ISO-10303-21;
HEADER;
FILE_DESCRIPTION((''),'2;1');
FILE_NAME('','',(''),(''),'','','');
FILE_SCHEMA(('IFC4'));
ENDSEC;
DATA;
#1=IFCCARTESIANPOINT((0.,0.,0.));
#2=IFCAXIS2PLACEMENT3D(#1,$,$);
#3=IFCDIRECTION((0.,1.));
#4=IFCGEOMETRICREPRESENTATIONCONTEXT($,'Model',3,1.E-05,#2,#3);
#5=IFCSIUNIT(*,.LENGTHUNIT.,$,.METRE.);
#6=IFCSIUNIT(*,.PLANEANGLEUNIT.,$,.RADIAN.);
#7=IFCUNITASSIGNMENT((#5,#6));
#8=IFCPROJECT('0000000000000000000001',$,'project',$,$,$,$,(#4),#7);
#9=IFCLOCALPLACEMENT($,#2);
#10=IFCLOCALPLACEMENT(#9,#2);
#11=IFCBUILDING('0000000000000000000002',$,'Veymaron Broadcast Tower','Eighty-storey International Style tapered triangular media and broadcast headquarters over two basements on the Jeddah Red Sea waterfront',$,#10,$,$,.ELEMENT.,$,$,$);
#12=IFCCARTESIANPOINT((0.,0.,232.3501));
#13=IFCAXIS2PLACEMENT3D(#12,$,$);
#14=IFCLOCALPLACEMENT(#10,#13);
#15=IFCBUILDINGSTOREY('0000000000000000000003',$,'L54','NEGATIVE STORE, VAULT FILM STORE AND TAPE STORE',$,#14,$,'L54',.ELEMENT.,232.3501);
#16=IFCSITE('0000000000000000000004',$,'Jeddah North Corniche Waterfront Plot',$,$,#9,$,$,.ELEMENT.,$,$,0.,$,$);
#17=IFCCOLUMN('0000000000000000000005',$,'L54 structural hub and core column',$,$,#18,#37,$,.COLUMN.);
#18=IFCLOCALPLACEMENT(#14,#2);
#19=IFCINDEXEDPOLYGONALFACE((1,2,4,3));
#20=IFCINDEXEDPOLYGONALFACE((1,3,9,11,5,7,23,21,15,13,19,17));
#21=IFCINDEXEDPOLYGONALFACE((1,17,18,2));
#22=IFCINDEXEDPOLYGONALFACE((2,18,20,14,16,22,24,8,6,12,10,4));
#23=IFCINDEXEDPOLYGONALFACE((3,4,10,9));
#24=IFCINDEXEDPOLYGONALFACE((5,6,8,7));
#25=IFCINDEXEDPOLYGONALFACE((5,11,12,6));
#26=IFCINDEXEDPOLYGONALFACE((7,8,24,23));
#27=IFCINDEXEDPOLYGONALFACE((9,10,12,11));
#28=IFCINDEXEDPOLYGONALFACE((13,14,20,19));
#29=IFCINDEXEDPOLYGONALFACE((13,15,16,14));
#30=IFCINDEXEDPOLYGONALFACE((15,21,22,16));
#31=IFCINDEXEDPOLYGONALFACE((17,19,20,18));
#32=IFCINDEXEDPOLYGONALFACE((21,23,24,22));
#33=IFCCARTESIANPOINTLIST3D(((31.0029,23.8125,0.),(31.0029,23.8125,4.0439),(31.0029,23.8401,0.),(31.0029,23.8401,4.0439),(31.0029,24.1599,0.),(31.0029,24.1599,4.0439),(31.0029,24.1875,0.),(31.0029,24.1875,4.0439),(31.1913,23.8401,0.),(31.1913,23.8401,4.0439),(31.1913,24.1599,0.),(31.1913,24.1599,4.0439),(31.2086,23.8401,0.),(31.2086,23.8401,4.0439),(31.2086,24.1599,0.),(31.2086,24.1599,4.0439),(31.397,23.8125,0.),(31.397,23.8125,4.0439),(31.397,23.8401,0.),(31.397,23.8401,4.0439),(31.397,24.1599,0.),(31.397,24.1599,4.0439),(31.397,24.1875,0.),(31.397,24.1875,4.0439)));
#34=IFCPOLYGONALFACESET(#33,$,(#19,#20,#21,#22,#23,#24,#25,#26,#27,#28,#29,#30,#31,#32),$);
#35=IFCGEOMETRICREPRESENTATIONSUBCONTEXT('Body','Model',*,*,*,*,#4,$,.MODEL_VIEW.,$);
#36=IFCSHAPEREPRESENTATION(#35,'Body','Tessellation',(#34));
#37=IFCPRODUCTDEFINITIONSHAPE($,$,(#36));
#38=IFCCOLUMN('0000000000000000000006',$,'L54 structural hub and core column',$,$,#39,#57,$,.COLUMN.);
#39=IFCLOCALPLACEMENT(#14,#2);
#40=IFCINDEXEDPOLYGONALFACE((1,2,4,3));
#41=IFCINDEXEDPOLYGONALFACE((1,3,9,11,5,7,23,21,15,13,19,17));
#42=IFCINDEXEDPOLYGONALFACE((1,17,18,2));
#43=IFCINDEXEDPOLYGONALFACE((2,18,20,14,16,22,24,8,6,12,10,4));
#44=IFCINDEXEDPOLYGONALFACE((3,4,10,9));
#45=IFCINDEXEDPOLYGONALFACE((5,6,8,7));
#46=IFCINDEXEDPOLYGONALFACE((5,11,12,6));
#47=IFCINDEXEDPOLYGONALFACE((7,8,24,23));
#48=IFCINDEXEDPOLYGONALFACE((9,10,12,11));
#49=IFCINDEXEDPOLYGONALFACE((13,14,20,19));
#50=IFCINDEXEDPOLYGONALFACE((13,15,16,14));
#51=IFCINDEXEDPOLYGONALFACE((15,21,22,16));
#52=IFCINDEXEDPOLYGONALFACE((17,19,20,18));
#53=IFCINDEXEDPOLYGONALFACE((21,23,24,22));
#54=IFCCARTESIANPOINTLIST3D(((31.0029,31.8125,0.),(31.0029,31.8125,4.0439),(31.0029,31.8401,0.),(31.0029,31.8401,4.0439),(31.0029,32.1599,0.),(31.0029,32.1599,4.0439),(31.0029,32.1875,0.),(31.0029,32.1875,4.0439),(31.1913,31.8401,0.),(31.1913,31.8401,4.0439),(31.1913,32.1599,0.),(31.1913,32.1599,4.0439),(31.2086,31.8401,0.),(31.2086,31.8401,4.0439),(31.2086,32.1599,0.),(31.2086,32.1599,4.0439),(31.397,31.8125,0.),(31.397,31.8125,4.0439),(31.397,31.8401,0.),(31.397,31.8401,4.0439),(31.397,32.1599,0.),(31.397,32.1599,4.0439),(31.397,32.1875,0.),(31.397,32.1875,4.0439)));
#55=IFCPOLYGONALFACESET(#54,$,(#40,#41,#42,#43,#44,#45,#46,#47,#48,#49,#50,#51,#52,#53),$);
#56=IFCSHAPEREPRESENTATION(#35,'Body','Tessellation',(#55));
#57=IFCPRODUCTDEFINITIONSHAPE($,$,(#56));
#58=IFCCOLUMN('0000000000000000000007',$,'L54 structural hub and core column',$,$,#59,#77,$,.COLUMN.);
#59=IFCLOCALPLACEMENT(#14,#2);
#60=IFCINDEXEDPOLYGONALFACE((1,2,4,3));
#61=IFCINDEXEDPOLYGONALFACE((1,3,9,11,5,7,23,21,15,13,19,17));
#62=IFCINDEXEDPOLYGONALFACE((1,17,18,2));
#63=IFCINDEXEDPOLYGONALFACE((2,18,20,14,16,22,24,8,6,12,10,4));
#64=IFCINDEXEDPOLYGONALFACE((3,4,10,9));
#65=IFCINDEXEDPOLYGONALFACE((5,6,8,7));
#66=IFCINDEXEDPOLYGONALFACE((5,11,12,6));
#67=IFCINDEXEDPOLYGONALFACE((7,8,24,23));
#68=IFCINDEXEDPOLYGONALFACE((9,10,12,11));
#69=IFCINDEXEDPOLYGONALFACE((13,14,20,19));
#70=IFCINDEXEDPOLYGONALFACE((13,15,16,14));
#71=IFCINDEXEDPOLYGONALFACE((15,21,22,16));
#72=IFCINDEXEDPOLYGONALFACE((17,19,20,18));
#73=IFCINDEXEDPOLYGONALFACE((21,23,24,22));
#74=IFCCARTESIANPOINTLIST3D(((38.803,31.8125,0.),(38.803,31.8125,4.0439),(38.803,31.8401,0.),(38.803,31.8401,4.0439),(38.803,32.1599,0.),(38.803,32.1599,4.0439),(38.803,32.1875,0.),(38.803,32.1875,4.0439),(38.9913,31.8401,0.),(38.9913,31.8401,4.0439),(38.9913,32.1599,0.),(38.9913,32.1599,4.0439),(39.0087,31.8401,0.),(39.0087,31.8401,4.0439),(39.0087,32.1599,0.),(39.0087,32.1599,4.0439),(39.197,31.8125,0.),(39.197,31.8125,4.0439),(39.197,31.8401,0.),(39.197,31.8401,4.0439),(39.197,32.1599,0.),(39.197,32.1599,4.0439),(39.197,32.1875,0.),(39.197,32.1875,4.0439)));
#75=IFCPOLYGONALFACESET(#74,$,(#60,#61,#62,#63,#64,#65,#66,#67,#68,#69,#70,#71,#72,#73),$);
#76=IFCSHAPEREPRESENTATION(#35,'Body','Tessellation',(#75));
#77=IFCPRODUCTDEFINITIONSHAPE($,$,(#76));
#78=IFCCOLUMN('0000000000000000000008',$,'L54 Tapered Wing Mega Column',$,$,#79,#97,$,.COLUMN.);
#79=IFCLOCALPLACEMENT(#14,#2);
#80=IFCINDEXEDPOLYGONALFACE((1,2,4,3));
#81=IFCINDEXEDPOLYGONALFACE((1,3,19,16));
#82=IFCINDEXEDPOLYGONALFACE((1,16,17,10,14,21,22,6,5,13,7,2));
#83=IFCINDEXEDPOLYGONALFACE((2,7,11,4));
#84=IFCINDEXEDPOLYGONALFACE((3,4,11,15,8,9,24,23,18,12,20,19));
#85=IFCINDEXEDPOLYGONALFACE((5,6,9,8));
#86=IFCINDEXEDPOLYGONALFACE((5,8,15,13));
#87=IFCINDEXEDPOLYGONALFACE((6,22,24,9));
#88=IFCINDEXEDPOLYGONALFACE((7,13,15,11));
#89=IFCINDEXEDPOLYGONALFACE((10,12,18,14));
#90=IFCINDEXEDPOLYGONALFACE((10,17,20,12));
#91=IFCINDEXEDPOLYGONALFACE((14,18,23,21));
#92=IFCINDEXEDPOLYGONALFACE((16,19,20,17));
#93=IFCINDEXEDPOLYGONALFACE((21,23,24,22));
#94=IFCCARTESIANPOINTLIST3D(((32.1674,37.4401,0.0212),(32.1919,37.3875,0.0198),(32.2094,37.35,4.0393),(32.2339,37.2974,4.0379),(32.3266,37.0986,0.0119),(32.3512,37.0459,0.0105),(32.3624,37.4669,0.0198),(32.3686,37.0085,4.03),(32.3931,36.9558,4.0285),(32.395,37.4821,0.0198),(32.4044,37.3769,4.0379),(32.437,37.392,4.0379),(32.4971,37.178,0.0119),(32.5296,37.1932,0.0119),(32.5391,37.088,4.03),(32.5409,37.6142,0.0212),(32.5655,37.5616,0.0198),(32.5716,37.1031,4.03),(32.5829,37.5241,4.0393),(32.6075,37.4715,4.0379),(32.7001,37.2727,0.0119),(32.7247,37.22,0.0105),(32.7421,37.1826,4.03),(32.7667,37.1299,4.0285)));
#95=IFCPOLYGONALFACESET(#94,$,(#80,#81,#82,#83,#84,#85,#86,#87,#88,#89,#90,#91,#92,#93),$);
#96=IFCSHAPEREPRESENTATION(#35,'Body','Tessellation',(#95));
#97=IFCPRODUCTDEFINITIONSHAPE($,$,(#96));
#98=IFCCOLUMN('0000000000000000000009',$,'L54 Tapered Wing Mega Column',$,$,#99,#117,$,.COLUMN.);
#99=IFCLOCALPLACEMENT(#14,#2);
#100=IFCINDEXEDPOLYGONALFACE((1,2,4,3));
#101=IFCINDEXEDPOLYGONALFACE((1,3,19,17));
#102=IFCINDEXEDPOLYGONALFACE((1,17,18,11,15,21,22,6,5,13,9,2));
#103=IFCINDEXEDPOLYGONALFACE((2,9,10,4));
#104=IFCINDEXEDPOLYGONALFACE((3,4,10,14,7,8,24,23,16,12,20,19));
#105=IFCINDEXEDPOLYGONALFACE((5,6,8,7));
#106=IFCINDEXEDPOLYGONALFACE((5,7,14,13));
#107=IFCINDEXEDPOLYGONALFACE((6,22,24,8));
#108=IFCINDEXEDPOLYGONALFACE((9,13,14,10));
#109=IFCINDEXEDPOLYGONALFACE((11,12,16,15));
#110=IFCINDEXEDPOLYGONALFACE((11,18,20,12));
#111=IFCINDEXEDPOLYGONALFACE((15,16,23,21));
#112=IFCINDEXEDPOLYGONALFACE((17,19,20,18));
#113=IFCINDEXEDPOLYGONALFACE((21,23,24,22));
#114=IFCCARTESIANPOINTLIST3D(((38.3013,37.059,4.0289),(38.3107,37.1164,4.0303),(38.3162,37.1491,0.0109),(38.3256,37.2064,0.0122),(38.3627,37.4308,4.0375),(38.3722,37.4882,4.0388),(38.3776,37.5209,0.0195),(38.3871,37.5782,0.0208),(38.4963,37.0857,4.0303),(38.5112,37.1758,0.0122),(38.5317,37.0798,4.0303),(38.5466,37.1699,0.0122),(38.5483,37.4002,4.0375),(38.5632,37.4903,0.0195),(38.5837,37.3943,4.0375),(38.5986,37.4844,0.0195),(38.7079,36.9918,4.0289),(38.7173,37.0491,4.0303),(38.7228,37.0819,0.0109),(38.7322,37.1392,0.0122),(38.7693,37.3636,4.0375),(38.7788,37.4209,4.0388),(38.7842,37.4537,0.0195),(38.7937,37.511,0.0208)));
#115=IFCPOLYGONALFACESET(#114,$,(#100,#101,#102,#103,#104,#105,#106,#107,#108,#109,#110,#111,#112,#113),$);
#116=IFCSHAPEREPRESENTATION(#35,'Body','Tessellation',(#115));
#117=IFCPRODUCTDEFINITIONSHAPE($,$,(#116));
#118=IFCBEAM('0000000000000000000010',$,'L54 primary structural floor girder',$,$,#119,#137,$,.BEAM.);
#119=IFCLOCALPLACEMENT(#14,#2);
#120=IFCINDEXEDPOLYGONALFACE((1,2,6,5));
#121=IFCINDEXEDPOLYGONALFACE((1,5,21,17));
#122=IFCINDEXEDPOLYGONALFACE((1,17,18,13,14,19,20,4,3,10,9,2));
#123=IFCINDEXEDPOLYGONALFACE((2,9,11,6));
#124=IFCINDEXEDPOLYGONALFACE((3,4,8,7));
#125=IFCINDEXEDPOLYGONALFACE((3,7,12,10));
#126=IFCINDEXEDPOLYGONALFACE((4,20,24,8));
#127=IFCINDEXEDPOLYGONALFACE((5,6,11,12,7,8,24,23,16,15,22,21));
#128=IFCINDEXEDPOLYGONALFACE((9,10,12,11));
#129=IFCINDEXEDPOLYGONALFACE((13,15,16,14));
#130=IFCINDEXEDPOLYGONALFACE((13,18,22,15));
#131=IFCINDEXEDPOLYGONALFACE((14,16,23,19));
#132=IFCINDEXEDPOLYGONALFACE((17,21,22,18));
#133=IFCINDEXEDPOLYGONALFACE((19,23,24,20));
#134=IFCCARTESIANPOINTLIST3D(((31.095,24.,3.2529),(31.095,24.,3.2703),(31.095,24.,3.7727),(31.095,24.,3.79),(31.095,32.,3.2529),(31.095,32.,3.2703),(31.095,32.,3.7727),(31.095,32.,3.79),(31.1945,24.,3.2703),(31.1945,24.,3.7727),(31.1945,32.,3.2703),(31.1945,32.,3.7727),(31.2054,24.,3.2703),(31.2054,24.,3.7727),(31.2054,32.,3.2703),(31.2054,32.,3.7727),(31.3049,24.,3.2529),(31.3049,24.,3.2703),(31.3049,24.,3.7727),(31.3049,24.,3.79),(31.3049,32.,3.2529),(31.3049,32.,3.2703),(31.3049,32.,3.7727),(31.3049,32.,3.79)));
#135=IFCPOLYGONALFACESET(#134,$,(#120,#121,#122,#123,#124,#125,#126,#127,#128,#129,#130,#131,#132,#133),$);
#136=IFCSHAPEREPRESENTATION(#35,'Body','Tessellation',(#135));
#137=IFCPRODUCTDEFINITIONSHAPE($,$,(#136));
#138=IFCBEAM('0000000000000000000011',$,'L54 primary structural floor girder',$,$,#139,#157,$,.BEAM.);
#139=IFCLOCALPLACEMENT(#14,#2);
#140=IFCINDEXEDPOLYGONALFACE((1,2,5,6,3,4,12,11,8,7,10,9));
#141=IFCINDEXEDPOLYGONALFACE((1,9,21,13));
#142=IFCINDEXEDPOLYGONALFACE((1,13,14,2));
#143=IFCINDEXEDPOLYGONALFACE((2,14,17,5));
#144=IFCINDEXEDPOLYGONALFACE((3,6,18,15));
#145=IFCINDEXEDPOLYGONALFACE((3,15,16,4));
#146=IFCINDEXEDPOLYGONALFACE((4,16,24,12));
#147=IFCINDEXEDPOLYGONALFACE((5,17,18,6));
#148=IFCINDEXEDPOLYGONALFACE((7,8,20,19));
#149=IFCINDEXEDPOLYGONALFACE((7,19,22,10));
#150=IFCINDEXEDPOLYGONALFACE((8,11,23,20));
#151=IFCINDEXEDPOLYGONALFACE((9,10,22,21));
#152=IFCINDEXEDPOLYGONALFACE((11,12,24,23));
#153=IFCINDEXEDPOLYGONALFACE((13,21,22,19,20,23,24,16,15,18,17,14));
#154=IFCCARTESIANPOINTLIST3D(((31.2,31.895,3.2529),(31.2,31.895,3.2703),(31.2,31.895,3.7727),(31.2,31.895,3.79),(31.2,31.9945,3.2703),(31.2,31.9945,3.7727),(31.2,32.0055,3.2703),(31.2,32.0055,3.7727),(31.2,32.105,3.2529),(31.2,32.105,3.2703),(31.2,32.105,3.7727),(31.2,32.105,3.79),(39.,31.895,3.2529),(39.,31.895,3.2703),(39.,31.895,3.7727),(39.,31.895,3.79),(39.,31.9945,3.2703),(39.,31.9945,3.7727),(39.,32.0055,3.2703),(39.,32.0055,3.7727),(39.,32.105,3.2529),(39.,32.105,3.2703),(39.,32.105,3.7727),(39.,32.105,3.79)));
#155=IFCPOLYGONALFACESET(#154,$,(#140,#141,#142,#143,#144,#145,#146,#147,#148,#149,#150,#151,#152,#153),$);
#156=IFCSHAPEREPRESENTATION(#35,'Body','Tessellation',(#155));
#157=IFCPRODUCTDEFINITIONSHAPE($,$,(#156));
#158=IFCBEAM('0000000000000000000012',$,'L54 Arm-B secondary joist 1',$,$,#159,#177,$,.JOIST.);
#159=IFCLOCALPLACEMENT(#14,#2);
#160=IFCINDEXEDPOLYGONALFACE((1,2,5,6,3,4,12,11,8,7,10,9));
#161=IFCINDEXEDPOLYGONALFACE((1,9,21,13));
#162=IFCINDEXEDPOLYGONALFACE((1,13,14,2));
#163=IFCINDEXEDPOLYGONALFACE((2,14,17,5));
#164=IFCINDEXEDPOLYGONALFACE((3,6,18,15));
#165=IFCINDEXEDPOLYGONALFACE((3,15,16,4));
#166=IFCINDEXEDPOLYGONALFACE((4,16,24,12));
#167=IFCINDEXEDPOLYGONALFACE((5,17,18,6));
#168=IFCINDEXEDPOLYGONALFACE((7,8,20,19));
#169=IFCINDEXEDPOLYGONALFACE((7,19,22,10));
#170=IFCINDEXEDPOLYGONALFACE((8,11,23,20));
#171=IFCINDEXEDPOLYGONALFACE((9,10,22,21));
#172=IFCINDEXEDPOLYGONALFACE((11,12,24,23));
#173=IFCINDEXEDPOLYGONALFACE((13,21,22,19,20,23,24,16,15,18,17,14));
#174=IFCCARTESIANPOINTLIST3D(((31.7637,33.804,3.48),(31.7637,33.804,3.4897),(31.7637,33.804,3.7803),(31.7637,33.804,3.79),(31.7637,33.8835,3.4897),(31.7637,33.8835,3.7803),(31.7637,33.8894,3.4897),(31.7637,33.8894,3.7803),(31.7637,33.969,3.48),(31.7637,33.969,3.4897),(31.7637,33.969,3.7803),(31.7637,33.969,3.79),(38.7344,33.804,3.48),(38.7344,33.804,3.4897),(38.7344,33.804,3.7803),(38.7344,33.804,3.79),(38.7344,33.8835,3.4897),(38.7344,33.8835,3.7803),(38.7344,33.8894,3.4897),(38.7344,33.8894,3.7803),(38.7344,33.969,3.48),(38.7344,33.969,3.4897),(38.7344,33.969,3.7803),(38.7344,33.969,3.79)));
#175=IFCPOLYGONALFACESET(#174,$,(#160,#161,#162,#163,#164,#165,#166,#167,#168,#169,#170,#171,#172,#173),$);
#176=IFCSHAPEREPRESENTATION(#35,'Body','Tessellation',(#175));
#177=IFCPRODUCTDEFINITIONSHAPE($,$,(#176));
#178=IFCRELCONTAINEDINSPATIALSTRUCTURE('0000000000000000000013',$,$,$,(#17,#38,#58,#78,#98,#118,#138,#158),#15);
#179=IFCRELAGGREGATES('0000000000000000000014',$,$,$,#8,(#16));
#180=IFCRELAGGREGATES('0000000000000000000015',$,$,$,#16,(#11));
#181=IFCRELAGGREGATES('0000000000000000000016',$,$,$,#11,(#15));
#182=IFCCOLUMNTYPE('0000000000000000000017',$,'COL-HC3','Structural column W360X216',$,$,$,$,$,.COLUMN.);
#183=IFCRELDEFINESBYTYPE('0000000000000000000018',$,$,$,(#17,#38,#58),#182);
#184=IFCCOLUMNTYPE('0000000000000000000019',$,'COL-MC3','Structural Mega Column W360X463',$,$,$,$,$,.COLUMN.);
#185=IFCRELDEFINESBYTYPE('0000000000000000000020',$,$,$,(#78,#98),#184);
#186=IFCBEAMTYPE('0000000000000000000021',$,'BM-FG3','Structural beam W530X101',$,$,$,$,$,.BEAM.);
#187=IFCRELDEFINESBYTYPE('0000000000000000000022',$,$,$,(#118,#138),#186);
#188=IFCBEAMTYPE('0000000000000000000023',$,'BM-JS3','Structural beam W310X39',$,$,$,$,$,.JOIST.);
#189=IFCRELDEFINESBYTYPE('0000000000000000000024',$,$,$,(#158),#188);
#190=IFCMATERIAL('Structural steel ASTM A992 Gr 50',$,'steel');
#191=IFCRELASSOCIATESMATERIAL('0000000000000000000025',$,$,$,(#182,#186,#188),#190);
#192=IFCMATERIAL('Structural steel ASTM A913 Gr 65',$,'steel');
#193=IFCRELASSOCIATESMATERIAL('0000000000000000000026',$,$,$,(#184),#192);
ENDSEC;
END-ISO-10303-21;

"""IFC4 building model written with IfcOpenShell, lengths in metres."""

from ifc_helpers import new_model, si_unit, direction, frame, origin, origin_2d, place, context, subcontext, project, spatial, i_section, extrude, material, material_profile, profile_set, type_object, element, save


model = new_model("IFC4")

# Units and contexts
model_context = context("Model", 3, precision=1e-05, world=origin(), true_north=direction((0.0, 1.0)))
body_context = subcontext(model_context, "Body", "Model", "MODEL_VIEW")
ifc_project = project(units=[si_unit("LENGTHUNIT", "METRE"), si_unit("PLANEANGLEUNIT", "RADIAN")], contexts=[model_context])

# Site, building, storey
site_placement = place(None, origin())
site = spatial("IfcSite", under=ifc_project, at=site_placement, Name="Jeddah North Corniche Waterfront Plot", CompositionType="ELEMENT", RefElevation=0.0)
building_placement = place(site_placement, origin())
building = spatial("IfcBuilding", under=site, at=building_placement, Name="Veymaron Broadcast Tower", Description="Eighty-storey International Style tapered triangular media and broadcast headquarters over two basements on the Jeddah Red Sea waterfront", CompositionType="ELEMENT")
storey_placement = place(building_placement, frame((0.0, 0.0, 232.3501)))
storey = spatial("IfcBuildingStorey", under=building, at=storey_placement, Name="L54", Description="NEGATIVE STORE, VAULT FILM STORE AND TAPE STORE", LongName="L54", CompositionType="ELEMENT", Elevation=232.3501)

# Columns
ifc_material_1 = material(Name="Structural steel ASTM A992 Gr 50", Category="steel")
ifc_material_profile_1 = material_profile(ifc_material_1, i_section(OverallWidth=0.394, OverallDepth=0.375, WebThickness=0.0173, FlangeThickness=0.0276, at=origin_2d()), Name="W360X216")
ifc_profile_set_1 = profile_set([ifc_material_profile_1], Name="Structural steel ASTM A992 Gr 50")
column_type_1 = type_object("IfcColumnType", Name="COL-HC3", Description="Structural column W360X216", PredefinedType="COLUMN", material=ifc_profile_set_1)
for number, where, z_axis, x_axis, name in (
    (1, (31.2, 24.0, 0.0), (0.0, 0.0, 1.0), (1.0, 0.0, 0.0), "L54 structural hub and core column"),
    (2, (31.2, 32.0, 0.0), (0.0, 0.0, 1.0), (1.0, 0.0, 0.0), "L54 structural hub and core column"),
    (3, (39.0, 32.0, 0.0), (0.0, 0.0, 1.0), (1.0, 0.0, 0.0), "L54 structural hub and core column"),
):
    element("IfcColumn", number, at=place(storey_placement, frame(where, z_axis=z_axis, x_axis=x_axis)), inside=storey, type_object=column_type_1, Name=name, PredefinedType="COLUMN", context=body_context, shape_type="SweptSolid", body=[
        extrude(i_section(OverallWidth=0.394, OverallDepth=0.375, WebThickness=0.0173, FlangeThickness=0.0276, at=origin_2d()), origin(), (0.0, 0.0, 1.0), 4.0439),
    ])
ifc_material_2 = material(Name="Structural steel ASTM A913 Gr 65", Category="steel")
ifc_material_profile_2 = material_profile(ifc_material_2, i_section(OverallWidth=0.4121, OverallDepth=0.4351, WebThickness=0.0359, FlangeThickness=0.0581, at=origin_2d()), Name="W360X463")
ifc_profile_set_2 = profile_set([ifc_material_profile_2], Name="Structural steel ASTM A913 Gr 65")
column_type_2 = type_object("IfcColumnType", Name="COL-MC3", Description="Structural Mega Column W360X463", PredefinedType="COLUMN", material=ifc_profile_set_2)
column_1_placement = place(storey_placement, frame((32.446, 37.3301, 0.0159), z_axis=(0.010448, -0.022414, 0.999694), x_axis=(0.906371, 0.422482, 0.0)))
element("IfcColumn", 4, at=column_1_placement, inside=storey, type_object=column_type_2, Name="L54 Tapered Wing Mega Column", PredefinedType="COLUMN", context=body_context, shape_type="SweptSolid", body=[
    extrude(i_section(OverallWidth=0.4121, OverallDepth=0.4351, WebThickness=0.0359, FlangeThickness=0.0581, at=origin_2d()), origin(), (0.0, 0.0, 1.0), 4.0193),
])
column_2_placement = place(storey_placement, frame((38.5549, 37.3301, 0.0159), z_axis=(-0.003705, -0.022415, 0.999742), x_axis=(0.98661, -0.163098, 0.0)))
element("IfcColumn", 5, at=column_2_placement, inside=storey, type_object=column_type_2, Name="L54 Tapered Wing Mega Column", PredefinedType="COLUMN", context=body_context, shape_type="SweptSolid", body=[
    extrude(i_section(OverallWidth=0.4121, OverallDepth=0.4351, WebThickness=0.0359, FlangeThickness=0.0581, at=origin_2d()), origin(), (0.0, 0.0, 1.0), 4.019),
])

# Beams
ifc_material_profile_3 = material_profile(ifc_material_1, i_section(OverallWidth=0.21, OverallDepth=0.5371, WebThickness=0.011, FlangeThickness=0.0173, at=origin_2d()), Name="W530X101")
ifc_profile_set_3 = profile_set([ifc_material_profile_3], Name="Structural steel ASTM A992 Gr 50")
beam_type_1 = type_object("IfcBeamType", Name="BM-FG3", Description="Structural beam W530X101", PredefinedType="BEAM", material=ifc_profile_set_3)
beam_1_placement = place(storey_placement, frame((31.2, 24.0, 3.5215), z_axis=(0.0, 1.0, 0.0), x_axis=(-1.0, 0.0, 0.0)))
element("IfcBeam", 6, at=beam_1_placement, inside=storey, type_object=beam_type_1, Name="L54 primary structural floor girder", PredefinedType="BEAM", context=body_context, shape_type="SweptSolid", body=[
    extrude(i_section(OverallWidth=0.21, OverallDepth=0.5371, WebThickness=0.011, FlangeThickness=0.0173, at=origin_2d()), origin(), (0.0, 0.0, 1.0), 8.0),
])
beam_2_placement = place(storey_placement, frame((31.2, 32.0, 3.5215), z_axis=(1.0, 0.0, 0.0), x_axis=(0.0, 1.0, 0.0)))
element("IfcBeam", 7, at=beam_2_placement, inside=storey, type_object=beam_type_1, Name="L54 primary structural floor girder", PredefinedType="BEAM", context=body_context, shape_type="SweptSolid", body=[
    extrude(i_section(OverallWidth=0.21, OverallDepth=0.5371, WebThickness=0.011, FlangeThickness=0.0173, at=origin_2d()), origin(), (0.0, 0.0, 1.0), 7.8),
])
ifc_material_profile_4 = material_profile(ifc_material_1, i_section(OverallWidth=0.165, OverallDepth=0.3101, WebThickness=0.0059, FlangeThickness=0.0098, at=origin_2d()), Name="W310X39")
ifc_profile_set_4 = profile_set([ifc_material_profile_4], Name="Structural steel ASTM A992 Gr 50")
beam_type_2 = type_object("IfcBeamType", Name="BM-JS3", Description="Structural beam W310X39", PredefinedType="JOIST", material=ifc_profile_set_4)
beam_3_placement = place(storey_placement, frame((31.7637, 33.8865, 3.635), z_axis=(1.0, 0.0, 0.0), x_axis=(0.0, 1.0, 0.0)))
element("IfcBeam", 8, at=beam_3_placement, inside=storey, type_object=beam_type_2, Name="L54 Arm-B secondary joist 1", PredefinedType="JOIST", context=body_context, shape_type="SweptSolid", body=[
    extrude(i_section(OverallWidth=0.165, OverallDepth=0.3101, WebThickness=0.0059, FlangeThickness=0.0098, at=origin_2d()), origin(), (0.0, 0.0, 1.0), 6.9707),
])

save(model, "model.ifc")
